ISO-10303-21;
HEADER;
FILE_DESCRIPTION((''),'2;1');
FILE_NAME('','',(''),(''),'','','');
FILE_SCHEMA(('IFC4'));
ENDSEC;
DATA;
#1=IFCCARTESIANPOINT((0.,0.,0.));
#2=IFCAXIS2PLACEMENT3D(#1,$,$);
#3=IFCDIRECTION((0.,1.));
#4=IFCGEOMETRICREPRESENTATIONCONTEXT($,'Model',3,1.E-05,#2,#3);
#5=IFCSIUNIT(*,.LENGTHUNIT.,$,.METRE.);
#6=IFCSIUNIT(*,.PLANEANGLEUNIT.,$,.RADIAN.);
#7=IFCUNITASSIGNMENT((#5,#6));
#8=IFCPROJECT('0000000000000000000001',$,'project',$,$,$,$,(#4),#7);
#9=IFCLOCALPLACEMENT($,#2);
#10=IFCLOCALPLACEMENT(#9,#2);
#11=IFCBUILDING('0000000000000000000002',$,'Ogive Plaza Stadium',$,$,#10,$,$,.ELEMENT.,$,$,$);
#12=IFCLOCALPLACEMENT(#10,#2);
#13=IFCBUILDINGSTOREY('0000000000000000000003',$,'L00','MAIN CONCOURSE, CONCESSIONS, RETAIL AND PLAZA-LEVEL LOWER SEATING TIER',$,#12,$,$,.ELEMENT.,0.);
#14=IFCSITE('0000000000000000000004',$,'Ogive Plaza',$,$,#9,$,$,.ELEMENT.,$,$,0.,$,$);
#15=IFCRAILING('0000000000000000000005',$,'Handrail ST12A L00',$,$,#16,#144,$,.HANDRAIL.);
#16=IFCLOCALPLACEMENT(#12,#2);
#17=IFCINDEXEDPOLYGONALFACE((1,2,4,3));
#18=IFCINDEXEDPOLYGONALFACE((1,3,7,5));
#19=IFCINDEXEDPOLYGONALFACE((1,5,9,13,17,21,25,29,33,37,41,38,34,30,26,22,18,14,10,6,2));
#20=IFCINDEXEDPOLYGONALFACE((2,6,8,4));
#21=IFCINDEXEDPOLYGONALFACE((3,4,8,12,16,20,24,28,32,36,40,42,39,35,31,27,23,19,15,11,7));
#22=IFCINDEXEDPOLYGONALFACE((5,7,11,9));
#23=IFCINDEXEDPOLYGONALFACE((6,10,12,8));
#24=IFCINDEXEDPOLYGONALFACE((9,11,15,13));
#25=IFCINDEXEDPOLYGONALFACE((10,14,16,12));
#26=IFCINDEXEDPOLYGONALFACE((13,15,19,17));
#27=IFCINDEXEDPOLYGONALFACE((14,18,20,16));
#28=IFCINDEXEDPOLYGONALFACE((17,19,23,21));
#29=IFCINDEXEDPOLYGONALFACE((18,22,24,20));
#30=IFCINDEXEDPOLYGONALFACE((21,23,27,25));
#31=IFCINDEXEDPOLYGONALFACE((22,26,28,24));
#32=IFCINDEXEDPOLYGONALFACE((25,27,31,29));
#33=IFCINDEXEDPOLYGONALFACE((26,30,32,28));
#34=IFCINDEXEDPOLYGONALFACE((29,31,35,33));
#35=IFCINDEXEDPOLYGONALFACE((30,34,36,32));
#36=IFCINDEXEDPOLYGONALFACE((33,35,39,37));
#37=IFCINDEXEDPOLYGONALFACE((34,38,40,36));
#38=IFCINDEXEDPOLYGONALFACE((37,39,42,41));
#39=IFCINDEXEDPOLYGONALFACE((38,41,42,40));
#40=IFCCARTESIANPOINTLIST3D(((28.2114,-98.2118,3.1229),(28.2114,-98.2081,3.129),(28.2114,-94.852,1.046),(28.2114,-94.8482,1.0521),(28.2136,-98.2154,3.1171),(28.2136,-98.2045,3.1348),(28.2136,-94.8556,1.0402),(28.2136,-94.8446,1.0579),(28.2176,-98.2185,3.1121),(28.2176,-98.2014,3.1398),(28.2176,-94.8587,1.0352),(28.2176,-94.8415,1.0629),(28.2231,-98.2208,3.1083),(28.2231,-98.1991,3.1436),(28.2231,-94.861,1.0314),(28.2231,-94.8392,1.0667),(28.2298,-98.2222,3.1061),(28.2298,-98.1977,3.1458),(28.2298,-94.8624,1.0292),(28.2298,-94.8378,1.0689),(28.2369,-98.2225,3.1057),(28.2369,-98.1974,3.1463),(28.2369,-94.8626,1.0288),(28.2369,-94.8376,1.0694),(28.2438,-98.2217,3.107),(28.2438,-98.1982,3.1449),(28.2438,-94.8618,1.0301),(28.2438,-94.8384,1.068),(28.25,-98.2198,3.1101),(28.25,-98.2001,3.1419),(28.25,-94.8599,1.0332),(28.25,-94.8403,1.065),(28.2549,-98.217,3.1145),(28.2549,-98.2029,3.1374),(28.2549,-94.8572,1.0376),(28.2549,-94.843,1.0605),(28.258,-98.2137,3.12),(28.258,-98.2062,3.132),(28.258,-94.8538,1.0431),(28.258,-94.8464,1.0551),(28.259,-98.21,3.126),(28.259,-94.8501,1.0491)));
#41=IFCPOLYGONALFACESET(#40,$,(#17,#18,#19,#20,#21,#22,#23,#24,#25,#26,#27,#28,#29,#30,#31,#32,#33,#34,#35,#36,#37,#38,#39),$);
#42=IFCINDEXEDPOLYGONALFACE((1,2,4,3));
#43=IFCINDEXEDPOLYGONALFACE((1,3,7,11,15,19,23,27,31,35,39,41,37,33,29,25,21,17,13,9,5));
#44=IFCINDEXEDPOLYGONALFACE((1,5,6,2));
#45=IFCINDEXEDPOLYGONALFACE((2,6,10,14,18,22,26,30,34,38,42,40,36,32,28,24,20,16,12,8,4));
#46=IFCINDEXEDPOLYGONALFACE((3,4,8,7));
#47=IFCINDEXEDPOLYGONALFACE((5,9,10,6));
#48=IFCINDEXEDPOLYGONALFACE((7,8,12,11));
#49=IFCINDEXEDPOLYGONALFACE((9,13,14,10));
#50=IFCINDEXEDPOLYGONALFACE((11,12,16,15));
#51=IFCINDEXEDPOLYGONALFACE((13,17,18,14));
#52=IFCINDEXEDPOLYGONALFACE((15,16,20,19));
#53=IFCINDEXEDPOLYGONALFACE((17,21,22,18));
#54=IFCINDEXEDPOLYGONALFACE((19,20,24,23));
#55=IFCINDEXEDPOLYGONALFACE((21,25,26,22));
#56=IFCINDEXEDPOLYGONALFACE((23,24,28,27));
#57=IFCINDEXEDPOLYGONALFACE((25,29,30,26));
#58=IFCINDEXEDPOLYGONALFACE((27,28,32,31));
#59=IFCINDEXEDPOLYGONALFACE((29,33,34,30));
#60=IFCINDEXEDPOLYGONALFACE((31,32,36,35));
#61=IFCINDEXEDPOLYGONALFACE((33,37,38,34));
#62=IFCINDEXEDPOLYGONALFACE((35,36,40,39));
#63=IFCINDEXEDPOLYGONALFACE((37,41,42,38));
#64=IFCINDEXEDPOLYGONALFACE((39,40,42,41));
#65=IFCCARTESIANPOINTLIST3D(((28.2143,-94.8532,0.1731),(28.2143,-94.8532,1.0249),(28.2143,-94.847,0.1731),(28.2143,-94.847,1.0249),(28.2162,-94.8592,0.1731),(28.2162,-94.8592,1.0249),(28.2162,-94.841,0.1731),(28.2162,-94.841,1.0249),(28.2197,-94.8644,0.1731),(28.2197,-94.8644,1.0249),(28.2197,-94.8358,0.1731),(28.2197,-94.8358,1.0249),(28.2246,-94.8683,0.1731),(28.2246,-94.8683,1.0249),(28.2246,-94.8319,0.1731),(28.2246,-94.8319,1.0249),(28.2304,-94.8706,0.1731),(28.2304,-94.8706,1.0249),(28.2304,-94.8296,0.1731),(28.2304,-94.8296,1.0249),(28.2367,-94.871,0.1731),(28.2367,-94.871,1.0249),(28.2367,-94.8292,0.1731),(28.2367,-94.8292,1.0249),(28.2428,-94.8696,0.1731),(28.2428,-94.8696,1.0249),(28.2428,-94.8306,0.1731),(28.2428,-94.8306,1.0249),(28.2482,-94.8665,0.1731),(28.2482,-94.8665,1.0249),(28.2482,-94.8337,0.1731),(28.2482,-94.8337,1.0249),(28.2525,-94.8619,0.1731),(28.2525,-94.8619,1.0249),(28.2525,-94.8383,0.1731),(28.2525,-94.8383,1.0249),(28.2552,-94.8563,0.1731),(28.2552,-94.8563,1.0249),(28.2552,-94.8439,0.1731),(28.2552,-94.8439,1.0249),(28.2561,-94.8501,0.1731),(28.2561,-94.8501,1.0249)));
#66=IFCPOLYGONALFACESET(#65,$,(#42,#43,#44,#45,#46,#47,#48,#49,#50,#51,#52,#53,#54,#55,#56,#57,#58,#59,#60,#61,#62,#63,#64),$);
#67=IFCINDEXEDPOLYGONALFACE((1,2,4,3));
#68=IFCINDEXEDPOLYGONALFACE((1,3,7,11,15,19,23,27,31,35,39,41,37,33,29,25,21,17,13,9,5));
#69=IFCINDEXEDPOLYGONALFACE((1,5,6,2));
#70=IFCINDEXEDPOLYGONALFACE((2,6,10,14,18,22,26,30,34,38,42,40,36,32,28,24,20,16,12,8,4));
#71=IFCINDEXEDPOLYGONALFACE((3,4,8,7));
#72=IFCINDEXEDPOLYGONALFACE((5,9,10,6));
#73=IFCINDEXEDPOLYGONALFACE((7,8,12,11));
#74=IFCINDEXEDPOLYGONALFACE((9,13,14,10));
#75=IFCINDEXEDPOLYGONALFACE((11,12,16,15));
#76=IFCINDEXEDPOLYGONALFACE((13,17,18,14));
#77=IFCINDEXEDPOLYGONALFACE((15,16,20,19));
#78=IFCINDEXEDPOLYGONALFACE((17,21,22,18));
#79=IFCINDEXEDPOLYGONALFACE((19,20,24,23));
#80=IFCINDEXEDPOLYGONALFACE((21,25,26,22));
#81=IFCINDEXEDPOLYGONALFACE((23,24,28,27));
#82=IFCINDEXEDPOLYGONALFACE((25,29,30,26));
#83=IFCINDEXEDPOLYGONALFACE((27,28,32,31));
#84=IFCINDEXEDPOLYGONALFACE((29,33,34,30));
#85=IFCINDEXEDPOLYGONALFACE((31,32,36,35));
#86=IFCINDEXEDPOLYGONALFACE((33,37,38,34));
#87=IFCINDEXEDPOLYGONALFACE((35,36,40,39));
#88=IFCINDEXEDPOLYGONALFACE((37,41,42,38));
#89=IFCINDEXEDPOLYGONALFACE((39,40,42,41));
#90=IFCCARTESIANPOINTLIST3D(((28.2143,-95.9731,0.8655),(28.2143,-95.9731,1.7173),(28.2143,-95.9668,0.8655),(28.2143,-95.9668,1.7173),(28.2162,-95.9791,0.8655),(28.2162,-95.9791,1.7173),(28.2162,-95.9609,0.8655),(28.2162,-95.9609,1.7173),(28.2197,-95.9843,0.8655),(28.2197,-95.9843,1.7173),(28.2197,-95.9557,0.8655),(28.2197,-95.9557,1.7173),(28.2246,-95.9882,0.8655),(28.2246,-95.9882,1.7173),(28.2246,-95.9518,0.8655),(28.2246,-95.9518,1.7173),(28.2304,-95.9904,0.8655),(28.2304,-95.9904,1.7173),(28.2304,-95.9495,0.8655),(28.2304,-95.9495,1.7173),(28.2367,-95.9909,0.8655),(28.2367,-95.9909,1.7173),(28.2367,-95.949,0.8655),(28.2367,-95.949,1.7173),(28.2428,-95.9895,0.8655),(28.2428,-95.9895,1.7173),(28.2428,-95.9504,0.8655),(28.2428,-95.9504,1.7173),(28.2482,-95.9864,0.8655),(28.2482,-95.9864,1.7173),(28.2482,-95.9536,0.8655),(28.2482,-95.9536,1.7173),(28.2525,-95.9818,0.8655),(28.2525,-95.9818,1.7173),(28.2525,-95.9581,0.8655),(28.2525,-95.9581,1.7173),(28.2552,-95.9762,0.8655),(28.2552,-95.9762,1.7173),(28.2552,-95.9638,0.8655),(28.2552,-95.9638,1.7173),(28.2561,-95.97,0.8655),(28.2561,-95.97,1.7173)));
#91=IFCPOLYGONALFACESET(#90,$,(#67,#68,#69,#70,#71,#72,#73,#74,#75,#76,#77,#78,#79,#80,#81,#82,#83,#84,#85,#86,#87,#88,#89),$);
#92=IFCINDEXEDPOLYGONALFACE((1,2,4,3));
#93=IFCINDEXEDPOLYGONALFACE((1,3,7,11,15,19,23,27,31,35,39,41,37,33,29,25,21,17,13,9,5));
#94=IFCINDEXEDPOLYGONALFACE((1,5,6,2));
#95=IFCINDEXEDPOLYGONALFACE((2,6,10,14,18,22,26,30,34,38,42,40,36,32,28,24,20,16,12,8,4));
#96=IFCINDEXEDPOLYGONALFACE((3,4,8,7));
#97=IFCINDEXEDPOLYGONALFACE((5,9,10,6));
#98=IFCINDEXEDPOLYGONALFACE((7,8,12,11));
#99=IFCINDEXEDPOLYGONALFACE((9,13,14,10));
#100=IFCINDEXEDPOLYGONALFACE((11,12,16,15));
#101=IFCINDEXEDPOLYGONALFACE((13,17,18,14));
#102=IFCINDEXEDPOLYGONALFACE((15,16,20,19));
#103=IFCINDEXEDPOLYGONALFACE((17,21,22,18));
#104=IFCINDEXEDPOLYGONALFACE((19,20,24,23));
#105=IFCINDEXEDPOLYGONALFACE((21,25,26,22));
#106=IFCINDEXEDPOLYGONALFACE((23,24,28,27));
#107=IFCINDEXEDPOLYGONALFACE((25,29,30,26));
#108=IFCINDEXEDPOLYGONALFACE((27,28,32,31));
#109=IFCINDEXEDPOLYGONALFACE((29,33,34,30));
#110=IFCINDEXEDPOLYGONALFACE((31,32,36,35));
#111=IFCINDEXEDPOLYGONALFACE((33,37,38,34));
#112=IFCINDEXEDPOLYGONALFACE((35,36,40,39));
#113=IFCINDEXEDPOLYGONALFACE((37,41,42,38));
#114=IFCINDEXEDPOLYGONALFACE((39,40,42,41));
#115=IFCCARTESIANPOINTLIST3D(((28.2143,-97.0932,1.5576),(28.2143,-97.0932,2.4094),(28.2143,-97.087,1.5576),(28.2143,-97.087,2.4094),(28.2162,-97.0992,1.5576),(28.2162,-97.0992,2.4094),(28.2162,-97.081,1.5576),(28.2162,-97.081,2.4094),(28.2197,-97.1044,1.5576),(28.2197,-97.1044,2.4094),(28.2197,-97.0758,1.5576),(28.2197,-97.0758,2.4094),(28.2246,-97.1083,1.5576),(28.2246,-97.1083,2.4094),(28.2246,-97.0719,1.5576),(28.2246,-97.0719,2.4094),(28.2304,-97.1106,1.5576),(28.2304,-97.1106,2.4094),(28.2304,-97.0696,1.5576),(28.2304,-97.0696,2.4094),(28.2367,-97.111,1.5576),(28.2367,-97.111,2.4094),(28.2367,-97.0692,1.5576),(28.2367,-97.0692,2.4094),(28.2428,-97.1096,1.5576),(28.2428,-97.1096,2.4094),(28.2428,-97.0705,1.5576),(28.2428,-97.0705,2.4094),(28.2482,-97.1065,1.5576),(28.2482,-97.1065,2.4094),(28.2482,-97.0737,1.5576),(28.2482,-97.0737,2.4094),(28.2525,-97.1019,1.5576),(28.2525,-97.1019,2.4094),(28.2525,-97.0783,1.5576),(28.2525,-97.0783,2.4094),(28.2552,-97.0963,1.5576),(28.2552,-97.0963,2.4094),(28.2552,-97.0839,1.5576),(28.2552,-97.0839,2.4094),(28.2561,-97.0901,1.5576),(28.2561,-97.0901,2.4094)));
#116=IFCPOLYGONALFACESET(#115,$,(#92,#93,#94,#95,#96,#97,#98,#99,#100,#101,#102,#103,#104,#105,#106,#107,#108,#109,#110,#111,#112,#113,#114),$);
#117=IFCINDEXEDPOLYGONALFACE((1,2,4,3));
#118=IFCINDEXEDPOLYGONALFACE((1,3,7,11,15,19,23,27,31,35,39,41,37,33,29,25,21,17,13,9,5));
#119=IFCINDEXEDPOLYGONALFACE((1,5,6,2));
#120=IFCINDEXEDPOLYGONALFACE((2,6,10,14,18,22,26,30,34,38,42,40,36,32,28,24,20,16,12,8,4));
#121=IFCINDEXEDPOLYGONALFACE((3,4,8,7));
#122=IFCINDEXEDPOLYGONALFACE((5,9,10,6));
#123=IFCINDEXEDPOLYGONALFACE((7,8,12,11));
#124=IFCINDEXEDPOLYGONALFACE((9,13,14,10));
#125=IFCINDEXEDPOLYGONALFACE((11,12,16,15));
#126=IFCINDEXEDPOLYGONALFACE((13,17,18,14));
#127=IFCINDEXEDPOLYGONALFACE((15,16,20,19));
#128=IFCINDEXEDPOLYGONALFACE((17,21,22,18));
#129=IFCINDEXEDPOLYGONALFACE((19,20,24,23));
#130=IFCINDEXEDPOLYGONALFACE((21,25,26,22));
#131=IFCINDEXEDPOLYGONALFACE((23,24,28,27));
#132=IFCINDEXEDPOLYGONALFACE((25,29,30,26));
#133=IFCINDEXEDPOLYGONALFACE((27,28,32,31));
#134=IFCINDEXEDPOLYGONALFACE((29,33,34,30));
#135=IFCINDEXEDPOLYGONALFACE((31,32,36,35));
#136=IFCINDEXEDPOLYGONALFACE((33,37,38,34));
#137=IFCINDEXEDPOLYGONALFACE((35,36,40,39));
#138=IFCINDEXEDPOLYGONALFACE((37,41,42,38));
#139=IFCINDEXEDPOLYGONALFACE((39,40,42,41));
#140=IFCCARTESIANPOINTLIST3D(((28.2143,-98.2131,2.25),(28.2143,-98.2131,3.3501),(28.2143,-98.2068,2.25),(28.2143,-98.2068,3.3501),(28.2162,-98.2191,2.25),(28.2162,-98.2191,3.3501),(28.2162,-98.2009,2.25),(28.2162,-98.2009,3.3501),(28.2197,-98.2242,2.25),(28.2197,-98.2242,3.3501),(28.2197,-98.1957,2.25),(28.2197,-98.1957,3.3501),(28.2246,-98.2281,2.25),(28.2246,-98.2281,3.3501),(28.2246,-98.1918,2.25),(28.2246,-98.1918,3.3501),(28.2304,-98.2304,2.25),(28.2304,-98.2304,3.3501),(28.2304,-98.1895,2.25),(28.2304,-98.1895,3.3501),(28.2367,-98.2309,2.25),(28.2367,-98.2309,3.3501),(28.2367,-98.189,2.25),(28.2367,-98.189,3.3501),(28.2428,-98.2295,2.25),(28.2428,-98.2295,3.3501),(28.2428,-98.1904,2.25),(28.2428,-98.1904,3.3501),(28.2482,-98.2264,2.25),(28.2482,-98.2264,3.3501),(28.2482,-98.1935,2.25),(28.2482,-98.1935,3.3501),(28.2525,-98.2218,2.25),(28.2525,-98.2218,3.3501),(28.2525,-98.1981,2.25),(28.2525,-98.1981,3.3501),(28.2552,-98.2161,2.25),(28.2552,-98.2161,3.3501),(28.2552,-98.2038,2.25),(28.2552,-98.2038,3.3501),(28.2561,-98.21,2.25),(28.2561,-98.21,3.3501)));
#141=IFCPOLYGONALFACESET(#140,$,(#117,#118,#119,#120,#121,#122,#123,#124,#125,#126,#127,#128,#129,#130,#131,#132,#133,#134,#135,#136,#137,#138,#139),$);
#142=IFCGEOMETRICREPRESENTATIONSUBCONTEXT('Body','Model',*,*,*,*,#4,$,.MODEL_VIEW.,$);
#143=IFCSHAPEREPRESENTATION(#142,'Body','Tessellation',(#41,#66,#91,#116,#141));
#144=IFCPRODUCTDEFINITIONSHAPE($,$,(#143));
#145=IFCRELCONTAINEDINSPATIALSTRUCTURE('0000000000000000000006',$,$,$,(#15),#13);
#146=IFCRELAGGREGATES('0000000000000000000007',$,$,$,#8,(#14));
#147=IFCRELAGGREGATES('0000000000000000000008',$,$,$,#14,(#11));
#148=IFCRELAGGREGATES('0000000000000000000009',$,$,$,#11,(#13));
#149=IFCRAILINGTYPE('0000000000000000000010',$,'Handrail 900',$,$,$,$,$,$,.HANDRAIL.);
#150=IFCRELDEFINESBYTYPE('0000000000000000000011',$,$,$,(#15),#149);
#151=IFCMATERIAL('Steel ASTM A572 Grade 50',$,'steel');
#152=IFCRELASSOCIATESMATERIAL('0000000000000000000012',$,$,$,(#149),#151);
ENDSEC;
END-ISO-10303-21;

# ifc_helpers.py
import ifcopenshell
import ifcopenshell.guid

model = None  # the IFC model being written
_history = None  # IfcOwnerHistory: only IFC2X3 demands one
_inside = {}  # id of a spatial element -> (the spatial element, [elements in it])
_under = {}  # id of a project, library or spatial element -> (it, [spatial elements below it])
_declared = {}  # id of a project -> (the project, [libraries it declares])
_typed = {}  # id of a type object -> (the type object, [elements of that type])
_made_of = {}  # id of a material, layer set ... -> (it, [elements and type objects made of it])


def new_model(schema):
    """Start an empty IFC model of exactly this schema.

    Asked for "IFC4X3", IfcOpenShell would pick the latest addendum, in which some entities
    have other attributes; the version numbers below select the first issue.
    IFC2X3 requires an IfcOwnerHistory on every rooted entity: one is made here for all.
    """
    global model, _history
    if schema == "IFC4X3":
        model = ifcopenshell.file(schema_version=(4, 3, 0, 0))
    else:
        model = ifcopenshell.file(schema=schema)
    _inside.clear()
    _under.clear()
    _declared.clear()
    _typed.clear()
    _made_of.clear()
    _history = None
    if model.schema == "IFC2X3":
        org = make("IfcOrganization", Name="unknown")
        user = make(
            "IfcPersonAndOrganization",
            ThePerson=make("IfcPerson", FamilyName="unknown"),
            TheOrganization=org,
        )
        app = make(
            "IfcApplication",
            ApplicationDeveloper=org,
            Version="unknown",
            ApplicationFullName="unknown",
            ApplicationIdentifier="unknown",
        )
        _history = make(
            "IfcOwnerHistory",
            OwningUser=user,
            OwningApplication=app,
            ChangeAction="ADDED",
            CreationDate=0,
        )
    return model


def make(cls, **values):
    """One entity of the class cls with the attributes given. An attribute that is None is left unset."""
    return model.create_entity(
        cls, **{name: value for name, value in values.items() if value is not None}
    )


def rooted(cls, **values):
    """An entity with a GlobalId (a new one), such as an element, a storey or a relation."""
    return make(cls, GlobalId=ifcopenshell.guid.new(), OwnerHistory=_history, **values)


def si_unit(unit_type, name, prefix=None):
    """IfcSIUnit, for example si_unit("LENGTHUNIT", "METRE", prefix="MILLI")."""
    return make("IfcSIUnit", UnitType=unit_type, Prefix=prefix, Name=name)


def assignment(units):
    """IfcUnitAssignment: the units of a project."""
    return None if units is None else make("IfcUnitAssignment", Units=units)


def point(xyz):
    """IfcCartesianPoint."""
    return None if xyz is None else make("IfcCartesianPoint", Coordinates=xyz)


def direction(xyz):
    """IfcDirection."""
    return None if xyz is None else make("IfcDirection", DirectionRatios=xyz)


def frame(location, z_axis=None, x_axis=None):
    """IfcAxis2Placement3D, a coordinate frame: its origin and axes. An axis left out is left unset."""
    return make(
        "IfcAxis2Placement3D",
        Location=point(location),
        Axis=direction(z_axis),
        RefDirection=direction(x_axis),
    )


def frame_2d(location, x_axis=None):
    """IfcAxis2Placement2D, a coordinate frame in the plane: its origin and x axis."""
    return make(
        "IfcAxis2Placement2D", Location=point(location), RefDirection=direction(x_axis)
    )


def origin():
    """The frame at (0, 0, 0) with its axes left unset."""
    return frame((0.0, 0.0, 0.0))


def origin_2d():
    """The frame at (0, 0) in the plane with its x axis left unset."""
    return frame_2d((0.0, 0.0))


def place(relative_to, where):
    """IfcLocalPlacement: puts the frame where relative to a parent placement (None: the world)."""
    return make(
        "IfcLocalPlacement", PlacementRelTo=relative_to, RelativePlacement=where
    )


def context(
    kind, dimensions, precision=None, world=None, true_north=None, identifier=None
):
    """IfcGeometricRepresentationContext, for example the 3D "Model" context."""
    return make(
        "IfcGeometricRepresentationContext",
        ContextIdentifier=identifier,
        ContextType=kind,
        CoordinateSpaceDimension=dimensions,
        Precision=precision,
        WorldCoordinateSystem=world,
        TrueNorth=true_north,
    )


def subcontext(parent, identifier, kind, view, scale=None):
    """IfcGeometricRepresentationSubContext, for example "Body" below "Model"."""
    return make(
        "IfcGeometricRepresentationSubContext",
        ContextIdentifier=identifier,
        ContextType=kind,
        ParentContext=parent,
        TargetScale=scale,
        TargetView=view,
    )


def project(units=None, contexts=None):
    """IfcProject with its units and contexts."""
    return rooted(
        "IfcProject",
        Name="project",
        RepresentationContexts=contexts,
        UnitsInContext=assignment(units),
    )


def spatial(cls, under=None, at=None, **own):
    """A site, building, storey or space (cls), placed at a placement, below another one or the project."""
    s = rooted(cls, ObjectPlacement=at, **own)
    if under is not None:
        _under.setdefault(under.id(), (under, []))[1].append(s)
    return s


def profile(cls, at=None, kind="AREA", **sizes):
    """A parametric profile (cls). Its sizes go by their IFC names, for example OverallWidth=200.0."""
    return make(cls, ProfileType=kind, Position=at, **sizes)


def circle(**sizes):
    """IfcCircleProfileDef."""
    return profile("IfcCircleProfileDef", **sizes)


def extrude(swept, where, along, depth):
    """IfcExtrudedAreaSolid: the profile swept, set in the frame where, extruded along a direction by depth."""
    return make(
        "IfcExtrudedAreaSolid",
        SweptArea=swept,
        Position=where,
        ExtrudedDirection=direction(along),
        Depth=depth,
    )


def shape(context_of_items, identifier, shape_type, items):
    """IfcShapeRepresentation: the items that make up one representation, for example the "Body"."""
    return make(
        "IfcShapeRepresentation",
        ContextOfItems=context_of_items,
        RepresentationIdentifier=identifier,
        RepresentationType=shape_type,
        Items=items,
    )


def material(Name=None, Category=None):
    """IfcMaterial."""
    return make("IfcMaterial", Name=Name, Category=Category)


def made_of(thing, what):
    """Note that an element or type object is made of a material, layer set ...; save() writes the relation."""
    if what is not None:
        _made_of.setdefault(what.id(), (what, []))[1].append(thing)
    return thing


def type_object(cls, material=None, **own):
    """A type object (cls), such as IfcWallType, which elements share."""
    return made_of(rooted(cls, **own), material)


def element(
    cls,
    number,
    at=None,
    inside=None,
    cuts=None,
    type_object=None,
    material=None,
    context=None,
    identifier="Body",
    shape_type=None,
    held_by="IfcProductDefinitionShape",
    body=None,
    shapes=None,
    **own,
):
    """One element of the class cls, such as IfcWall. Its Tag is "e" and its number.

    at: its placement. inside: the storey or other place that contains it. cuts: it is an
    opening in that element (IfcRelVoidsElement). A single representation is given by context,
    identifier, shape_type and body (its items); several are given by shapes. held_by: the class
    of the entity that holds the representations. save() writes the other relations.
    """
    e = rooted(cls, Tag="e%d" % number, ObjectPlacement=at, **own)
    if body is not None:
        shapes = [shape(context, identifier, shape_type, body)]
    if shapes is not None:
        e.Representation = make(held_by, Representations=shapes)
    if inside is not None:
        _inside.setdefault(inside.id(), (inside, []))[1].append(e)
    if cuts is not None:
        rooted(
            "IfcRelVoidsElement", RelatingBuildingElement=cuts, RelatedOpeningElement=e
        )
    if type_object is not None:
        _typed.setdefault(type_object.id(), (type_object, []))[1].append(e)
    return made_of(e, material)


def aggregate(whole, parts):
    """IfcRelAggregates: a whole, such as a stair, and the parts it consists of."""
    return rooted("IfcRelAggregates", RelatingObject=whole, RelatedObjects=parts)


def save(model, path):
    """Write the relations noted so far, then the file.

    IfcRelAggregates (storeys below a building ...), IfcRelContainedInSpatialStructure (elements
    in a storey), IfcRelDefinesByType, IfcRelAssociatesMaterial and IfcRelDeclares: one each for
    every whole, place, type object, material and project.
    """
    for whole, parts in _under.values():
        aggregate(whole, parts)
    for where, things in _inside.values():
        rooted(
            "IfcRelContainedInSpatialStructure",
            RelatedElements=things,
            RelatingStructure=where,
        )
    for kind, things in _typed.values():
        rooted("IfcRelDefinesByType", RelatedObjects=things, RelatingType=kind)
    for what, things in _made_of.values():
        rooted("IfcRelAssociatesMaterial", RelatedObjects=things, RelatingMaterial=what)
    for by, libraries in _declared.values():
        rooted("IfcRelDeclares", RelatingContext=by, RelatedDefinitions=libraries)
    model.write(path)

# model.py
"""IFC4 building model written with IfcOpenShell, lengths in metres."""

from ifc_helpers import new_model, si_unit, direction, frame, origin, origin_2d, place, context, subcontext, project, spatial, circle, extrude, material, type_object, element, save


model = new_model("IFC4")

# Units and contexts
model_context = context("Model", 3, precision=1e-05, world=origin(), true_north=direction((0.0, 1.0)))
body_context = subcontext(model_context, "Body", "Model", "MODEL_VIEW")
ifc_project = project(units=[si_unit("LENGTHUNIT", "METRE"), si_unit("PLANEANGLEUNIT", "RADIAN")], contexts=[model_context])

# Site, building, storey
site_placement = place(None, origin())
site = spatial("IfcSite", under=ifc_project, at=site_placement, Name="Ogive Plaza", CompositionType="ELEMENT", RefElevation=0.0)
building_placement = place(site_placement, origin())
building = spatial("IfcBuilding", under=site, at=building_placement, Name="Ogive Plaza Stadium", CompositionType="ELEMENT")
storey_placement = place(building_placement, origin())
storey = spatial("IfcBuildingStorey", under=building, at=storey_placement, Name="L00", Description="MAIN CONCOURSE, CONCESSIONS, RETAIL AND PLAZA-LEVEL LOWER SEATING TIER", CompositionType="ELEMENT", Elevation=0.0)

# Railing
ifc_material_1 = material(Name="Steel ASTM A572 Grade 50", Category="steel")
railing_type_1 = type_object("IfcRailingType", Name="Handrail 900", PredefinedType="HANDRAIL", material=ifc_material_1)
for number, where, name in (
    (1, (28.2351, -94.8501, 0.1731), "Handrail ST12A L00"),
):
    element("IfcRailing", number, at=place(storey_placement, frame(where)), inside=storey, type_object=railing_type_1, Name=name, PredefinedType="HANDRAIL", context=body_context, shape_type="SweptSolid", body=[
        extrude(circle(Radius=0.0239, at=origin_2d()), frame((0.0, 0.0, 0.876), z_axis=(0.0, -0.850606, 0.525803), x_axis=(1.0, 0.0, 0.0)), (0.0, 0.0, 1.0), 3.95),
        extrude(circle(Radius=0.021, at=origin_2d()), origin(), (0.0, 0.0, 1.0), 0.8518),
        extrude(circle(Radius=0.021, at=origin_2d()), frame((0.0, -1.1199, 0.6924)), (0.0, 0.0, 1.0), 0.8518),
        extrude(circle(Radius=0.021, at=origin_2d()), frame((0.0, -2.24, 1.3845)), (0.0, 0.0, 1.0), 0.8518),
        extrude(circle(Radius=0.021, at=origin_2d()), frame((0.0, -3.3599, 2.0769)), (0.0, 0.0, 1.0), 1.1001),
    ])

save(model, "model.ifc")
